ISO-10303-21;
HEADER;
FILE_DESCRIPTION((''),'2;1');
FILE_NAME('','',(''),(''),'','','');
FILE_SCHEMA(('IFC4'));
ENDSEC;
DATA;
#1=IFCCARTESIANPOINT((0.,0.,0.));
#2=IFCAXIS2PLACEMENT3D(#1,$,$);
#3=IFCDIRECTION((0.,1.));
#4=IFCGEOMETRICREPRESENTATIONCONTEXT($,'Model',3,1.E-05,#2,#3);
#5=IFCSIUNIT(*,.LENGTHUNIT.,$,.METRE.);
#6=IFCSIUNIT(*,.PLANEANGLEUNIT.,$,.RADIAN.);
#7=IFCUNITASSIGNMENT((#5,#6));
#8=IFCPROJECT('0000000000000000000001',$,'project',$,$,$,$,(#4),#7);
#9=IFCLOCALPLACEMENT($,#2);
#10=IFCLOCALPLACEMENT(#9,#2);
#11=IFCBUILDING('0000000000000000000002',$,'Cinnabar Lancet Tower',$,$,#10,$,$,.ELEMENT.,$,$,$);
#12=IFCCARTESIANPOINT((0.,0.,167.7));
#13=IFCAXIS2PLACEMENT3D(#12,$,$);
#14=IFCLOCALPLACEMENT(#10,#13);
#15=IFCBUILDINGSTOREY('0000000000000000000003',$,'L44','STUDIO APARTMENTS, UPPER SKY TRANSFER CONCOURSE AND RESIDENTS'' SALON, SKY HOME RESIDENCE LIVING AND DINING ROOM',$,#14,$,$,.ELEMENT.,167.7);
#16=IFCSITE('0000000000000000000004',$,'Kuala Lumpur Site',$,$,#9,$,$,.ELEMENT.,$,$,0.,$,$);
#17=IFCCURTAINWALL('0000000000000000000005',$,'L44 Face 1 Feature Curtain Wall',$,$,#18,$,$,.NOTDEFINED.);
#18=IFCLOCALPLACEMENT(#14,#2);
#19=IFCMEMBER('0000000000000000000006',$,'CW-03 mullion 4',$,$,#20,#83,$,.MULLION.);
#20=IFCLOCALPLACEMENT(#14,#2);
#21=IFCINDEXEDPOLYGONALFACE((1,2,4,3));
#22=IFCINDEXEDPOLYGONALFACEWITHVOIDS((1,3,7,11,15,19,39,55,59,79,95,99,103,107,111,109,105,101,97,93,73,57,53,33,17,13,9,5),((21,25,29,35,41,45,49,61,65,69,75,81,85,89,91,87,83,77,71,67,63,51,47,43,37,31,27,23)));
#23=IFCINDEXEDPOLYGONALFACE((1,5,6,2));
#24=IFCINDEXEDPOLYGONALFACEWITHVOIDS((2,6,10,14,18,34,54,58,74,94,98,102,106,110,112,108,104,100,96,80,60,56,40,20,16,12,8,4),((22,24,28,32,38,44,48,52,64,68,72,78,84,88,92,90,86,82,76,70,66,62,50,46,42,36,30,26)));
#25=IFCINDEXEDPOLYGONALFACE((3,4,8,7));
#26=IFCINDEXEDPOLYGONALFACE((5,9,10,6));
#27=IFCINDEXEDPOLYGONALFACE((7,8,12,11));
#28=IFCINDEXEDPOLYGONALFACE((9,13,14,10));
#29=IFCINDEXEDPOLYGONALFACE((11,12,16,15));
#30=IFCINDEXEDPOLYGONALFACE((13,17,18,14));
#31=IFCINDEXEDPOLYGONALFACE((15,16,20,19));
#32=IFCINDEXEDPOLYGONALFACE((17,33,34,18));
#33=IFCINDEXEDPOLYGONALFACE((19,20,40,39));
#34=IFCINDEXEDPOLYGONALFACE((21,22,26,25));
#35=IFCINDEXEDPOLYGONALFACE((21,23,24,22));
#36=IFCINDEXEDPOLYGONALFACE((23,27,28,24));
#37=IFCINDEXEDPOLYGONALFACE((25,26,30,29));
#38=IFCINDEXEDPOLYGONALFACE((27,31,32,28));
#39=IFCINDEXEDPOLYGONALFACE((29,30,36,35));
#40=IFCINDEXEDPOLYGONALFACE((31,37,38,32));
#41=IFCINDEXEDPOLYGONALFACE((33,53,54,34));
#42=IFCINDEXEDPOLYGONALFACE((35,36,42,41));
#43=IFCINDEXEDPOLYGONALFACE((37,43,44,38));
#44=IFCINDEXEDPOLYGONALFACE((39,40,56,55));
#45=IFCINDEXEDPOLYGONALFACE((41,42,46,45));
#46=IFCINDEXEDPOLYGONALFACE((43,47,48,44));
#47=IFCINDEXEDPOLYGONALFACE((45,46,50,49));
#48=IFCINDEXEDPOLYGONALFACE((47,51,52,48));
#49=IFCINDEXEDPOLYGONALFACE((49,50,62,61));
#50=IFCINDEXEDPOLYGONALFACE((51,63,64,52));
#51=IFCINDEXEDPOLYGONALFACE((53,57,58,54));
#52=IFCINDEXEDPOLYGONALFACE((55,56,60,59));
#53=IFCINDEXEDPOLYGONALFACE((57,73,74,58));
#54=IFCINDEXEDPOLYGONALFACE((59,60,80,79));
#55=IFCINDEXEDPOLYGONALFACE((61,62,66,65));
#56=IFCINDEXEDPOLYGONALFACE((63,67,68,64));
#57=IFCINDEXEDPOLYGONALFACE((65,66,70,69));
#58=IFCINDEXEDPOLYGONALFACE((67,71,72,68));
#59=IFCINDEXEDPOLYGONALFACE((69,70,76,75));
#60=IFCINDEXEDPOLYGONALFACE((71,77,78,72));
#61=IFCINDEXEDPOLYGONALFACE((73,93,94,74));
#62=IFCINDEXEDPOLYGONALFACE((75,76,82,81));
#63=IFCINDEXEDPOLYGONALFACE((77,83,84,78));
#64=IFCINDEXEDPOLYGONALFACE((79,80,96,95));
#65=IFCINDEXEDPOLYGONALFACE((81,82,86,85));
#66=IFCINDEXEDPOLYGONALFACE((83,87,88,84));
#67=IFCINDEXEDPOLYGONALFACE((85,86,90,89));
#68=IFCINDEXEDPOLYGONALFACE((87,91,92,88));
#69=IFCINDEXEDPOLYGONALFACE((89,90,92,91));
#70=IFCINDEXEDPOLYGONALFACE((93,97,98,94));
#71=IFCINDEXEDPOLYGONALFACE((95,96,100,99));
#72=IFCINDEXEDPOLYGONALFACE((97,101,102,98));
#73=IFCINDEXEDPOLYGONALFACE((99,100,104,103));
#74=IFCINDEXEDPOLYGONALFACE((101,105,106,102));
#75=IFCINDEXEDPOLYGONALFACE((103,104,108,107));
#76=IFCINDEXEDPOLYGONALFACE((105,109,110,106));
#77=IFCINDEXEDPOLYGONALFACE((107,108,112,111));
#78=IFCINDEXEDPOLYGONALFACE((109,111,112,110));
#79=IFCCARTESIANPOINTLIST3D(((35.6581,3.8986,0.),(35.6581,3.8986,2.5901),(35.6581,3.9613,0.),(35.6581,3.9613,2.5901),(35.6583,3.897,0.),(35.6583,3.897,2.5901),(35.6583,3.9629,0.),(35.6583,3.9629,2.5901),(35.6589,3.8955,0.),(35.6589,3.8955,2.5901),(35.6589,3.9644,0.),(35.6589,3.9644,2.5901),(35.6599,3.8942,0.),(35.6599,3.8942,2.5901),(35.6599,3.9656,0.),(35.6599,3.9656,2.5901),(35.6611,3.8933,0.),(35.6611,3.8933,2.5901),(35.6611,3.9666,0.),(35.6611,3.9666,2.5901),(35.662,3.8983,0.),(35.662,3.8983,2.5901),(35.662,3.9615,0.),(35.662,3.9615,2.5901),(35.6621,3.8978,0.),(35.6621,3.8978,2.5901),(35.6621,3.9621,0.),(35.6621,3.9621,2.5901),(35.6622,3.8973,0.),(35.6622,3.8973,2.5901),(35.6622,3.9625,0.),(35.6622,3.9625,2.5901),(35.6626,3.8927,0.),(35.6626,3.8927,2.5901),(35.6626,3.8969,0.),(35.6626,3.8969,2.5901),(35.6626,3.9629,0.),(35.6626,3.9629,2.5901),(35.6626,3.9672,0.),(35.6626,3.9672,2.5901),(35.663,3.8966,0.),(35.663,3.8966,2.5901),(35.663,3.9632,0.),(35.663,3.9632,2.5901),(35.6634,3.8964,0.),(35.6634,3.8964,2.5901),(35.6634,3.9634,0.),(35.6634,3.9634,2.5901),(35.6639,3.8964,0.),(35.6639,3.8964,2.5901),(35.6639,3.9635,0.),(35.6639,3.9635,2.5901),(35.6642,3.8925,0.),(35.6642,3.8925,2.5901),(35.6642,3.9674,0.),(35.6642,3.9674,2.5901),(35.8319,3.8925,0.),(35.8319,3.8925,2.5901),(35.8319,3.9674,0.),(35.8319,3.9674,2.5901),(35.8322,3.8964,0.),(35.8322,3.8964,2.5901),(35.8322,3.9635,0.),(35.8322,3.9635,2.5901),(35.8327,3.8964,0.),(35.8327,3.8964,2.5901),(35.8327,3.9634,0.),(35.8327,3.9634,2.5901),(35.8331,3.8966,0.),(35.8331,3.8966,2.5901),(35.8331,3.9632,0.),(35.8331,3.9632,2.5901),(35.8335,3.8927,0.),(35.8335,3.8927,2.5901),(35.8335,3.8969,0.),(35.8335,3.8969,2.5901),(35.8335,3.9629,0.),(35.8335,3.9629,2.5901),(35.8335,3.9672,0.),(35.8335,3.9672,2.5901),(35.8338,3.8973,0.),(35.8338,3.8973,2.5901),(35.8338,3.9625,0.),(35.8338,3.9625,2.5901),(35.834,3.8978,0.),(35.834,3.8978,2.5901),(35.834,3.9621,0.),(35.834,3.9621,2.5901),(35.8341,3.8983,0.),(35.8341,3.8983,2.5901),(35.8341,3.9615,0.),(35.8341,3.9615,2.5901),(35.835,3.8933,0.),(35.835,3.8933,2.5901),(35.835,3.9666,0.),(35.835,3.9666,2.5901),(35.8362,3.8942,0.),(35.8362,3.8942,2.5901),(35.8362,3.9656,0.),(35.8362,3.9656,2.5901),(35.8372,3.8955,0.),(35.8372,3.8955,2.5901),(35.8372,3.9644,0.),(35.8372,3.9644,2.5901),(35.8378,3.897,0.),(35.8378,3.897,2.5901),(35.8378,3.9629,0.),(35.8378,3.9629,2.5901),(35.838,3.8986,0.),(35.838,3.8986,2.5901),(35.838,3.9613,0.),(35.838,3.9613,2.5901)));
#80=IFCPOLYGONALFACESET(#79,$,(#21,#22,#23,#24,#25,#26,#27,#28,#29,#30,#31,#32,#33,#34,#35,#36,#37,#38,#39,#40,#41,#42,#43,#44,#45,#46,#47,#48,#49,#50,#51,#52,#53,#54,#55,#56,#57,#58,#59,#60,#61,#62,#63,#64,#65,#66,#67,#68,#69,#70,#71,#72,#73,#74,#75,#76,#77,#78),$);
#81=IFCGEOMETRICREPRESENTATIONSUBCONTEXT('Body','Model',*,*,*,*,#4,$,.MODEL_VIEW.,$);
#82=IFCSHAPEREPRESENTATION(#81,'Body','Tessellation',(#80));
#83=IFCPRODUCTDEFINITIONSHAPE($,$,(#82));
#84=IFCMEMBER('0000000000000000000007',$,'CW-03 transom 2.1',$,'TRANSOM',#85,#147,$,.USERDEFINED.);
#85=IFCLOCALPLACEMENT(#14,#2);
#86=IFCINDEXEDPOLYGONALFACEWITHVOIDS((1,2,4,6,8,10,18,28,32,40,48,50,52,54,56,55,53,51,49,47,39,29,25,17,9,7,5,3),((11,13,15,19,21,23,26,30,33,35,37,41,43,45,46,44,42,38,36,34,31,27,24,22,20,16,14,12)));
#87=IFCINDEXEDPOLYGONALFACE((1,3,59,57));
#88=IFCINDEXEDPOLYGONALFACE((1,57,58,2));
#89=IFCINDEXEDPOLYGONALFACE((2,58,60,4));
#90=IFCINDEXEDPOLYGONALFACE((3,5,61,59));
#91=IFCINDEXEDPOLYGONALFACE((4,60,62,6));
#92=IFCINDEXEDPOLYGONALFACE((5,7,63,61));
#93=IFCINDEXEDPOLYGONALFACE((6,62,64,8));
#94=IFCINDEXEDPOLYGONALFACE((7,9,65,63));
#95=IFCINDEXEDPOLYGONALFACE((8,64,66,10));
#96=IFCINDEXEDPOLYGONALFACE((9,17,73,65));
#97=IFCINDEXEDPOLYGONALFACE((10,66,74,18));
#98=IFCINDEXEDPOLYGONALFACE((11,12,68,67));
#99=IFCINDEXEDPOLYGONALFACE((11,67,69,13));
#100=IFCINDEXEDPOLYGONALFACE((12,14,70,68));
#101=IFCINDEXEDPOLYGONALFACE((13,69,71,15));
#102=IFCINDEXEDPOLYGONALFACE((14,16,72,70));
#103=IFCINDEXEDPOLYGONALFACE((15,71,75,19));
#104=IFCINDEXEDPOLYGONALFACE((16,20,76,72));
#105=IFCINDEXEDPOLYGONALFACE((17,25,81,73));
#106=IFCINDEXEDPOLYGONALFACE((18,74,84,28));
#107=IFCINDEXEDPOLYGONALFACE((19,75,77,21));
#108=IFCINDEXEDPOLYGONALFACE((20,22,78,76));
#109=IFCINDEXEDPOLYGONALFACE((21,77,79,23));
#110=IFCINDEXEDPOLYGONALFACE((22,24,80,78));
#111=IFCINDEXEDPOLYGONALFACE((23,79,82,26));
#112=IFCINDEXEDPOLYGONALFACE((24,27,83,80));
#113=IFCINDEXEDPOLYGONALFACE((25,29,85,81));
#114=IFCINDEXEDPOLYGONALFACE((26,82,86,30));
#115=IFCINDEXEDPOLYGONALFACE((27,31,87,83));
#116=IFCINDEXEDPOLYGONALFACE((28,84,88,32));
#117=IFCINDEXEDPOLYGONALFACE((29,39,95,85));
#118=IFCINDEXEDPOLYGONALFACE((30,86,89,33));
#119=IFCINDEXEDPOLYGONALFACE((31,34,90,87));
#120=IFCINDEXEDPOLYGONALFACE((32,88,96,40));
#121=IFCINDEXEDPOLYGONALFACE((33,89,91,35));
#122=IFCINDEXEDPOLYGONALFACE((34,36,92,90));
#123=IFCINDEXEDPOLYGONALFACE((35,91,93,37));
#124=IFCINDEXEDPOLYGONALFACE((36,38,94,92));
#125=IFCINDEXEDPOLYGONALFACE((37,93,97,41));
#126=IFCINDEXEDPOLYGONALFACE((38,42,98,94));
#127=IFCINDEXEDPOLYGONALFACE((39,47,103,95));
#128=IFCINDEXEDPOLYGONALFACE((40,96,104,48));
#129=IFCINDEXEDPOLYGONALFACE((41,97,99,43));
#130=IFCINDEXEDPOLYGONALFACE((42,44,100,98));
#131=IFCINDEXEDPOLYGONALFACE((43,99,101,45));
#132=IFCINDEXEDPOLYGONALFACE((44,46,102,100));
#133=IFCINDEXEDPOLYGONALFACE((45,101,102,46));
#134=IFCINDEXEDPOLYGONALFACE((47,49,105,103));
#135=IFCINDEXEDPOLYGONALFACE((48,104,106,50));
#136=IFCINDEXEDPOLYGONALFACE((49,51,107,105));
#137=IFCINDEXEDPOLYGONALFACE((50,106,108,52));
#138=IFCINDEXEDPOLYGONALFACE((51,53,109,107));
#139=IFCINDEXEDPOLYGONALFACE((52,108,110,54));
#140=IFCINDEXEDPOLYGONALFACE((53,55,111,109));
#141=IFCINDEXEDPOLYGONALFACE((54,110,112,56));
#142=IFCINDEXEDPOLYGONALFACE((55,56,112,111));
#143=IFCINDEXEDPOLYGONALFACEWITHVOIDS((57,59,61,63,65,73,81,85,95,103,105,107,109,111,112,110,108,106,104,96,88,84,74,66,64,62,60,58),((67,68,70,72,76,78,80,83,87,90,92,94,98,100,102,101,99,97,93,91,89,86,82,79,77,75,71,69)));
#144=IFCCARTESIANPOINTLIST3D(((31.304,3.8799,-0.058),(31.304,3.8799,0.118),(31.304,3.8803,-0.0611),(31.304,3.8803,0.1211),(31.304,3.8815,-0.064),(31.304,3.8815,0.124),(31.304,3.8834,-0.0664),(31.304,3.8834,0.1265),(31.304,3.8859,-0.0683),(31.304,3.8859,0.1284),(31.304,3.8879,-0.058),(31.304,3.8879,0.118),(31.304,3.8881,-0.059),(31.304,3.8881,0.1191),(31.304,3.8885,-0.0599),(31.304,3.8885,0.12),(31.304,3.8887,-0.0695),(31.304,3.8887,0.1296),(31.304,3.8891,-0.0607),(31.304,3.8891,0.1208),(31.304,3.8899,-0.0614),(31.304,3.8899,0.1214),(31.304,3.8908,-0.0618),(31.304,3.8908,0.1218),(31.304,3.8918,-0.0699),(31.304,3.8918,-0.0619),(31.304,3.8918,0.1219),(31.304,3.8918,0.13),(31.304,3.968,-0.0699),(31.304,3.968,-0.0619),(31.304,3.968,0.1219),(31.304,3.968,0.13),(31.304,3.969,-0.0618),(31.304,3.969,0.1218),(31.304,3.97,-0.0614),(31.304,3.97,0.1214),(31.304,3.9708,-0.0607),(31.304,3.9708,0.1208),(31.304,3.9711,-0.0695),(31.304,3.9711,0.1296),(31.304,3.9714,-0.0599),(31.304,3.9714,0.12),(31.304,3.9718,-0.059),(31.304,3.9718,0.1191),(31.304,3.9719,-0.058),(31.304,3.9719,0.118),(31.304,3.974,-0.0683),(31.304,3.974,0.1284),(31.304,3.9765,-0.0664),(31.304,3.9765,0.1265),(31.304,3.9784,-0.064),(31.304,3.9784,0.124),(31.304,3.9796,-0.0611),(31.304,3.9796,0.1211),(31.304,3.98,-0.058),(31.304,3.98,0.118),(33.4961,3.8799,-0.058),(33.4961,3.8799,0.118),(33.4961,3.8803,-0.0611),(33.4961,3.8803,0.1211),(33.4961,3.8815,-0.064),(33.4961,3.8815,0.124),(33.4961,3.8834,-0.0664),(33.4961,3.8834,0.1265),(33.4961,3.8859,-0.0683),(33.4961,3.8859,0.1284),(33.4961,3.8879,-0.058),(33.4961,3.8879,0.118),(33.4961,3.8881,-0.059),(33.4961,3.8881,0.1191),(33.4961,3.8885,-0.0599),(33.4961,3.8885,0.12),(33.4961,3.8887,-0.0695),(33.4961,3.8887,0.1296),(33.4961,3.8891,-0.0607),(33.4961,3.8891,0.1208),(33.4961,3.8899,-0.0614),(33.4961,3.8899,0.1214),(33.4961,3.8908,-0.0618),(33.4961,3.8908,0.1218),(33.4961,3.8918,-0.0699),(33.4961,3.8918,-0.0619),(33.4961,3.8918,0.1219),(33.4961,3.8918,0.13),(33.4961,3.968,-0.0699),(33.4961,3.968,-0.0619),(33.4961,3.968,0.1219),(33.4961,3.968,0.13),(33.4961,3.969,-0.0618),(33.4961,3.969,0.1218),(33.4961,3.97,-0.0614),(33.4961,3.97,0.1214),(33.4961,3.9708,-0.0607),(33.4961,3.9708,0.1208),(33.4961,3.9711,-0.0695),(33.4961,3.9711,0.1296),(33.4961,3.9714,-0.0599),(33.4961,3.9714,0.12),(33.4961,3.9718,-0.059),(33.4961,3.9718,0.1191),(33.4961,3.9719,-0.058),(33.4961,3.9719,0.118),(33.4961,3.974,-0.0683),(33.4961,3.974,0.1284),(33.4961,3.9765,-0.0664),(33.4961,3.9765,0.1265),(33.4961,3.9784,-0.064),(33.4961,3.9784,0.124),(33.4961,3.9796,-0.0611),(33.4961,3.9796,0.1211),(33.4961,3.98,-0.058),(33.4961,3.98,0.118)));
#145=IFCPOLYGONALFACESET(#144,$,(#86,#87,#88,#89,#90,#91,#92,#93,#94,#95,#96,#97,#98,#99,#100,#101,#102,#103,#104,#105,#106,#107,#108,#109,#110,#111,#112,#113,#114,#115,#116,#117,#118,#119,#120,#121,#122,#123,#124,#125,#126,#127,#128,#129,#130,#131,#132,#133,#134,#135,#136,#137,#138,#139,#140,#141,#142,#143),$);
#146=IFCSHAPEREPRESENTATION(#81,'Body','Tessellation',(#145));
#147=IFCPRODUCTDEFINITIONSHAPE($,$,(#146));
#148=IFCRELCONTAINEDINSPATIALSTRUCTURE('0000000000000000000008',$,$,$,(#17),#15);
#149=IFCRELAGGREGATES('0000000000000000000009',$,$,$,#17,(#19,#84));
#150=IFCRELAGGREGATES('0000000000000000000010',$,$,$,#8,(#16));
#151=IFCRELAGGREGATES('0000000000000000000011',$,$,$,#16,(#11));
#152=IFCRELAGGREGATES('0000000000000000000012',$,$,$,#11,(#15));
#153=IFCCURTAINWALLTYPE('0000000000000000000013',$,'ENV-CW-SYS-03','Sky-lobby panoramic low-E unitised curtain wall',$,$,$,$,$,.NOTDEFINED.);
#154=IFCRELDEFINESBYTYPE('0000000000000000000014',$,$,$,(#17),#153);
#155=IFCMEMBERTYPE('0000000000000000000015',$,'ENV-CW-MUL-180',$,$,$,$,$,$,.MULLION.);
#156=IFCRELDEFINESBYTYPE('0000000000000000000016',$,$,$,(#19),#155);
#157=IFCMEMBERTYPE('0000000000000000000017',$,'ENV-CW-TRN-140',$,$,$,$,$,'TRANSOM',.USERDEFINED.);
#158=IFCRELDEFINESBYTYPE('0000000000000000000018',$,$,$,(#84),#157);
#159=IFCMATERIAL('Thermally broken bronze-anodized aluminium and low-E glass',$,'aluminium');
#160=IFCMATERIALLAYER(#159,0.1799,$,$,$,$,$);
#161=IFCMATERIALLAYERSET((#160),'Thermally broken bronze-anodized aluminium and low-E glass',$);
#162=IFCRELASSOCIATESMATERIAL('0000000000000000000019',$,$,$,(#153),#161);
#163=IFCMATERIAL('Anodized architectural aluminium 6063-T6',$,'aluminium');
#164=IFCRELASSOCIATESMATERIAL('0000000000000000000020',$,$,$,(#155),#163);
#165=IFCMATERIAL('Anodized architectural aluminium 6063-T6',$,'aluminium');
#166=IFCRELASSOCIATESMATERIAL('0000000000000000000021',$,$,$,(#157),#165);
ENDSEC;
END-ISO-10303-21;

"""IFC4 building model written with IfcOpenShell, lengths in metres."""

from ifc_helpers import new_model, si_unit, direction, frame, origin, origin_2d, place, context, subcontext, project, spatial, hollow_rectangle, extrude, material, layer, layer_set, material_profile, profile_set, type_object, element, aggregate, save


model = new_model("IFC4")

# Units and contexts
model_context = context("Model", 3, precision=1e-05, world=origin(), true_north=direction((0.0, 1.0)))
body_context = subcontext(model_context, "Body", "Model", "MODEL_VIEW")
ifc_project = project(units=[si_unit("LENGTHUNIT", "METRE"), si_unit("PLANEANGLEUNIT", "RADIAN")], contexts=[model_context])

# Site, building, storey
site_placement = place(None, origin())
site = spatial("IfcSite", under=ifc_project, at=site_placement, Name="Kuala Lumpur Site", CompositionType="ELEMENT", RefElevation=0.0)
building_placement = place(site_placement, origin())
building = spatial("IfcBuilding", under=site, at=building_placement, Name="Cinnabar Lancet Tower", CompositionType="ELEMENT")
storey_placement = place(building_placement, frame((0.0, 0.0, 167.7)))
storey = spatial("IfcBuildingStorey", under=building, at=storey_placement, Name="L44", Description="STUDIO APARTMENTS, UPPER SKY TRANSFER CONCOURSE AND RESIDENTS' SALON, SKY HOME RESIDENCE LIVING AND DINING ROOM", CompositionType="ELEMENT", Elevation=167.7)

# Curtain wall, members
ifc_material_1 = material(Name="Thermally broken bronze-anodized aluminium and low-E glass", Category="aluminium")
ifc_layer_1 = layer(ifc_material_1, 0.1799)
ifc_layer_set_1 = layer_set([ifc_layer_1], Name="Thermally broken bronze-anodized aluminium and low-E glass")
curtain_wall_type = type_object("IfcCurtainWallType", Name="ENV-CW-SYS-03", Description="Sky-lobby panoramic low-E unitised curtain wall", PredefinedType="NOTDEFINED", material=ifc_layer_set_1)
curtain_wall_placement = place(storey_placement, origin())
curtain_wall = element("IfcCurtainWall", 1, at=curtain_wall_placement, inside=storey, type_object=curtain_wall_type, Name="L44 Face 1 Feature Curtain Wall", PredefinedType="NOTDEFINED")
ifc_material_2 = material(Name="Anodized architectural aluminium 6063-T6", Category="aluminium")
ifc_material_profile_1 = material_profile(ifc_material_2, hollow_rectangle(XDim=0.075, YDim=0.1799, WallThickness=0.0039, InnerFilletRadius=0.002, OuterFilletRadius=0.0061, at=origin_2d()), Name="CW-MUL 180x75x4")
ifc_profile_set_1 = profile_set([ifc_material_profile_1], Name="Anodized architectural aluminium 6063-T6")
member_type_1 = type_object("IfcMemberType", Name="ENV-CW-MUL-180", PredefinedType="MULLION", material=ifc_profile_set_1)
member_1_placement = place(storey_placement, frame((35.748, 3.9299, 0.0), z_axis=(0.0, 0.0, 1.0), x_axis=(0.0, 1.0, 0.0)))
member_1 = element("IfcMember", 2, at=member_1_placement, type_object=member_type_1, Name="CW-03 mullion 4", PredefinedType="MULLION", context=body_context, shape_type="SweptSolid", body=[
    extrude(hollow_rectangle(XDim=0.075, YDim=0.1799, WallThickness=0.0039, InnerFilletRadius=0.002, OuterFilletRadius=0.0061, at=origin_2d()), origin(), (0.0, 0.0, 1.0), 2.5901),
])
ifc_material_3 = material(Name="Anodized architectural aluminium 6063-T6", Category="aluminium")
ifc_material_profile_2 = material_profile(ifc_material_3, hollow_rectangle(XDim=0.1001, YDim=0.2, WallThickness=0.0081, InnerFilletRadius=0.0039, OuterFilletRadius=0.012, at=origin_2d()), Name="RHS 200x100x8")
ifc_profile_set_2 = profile_set([ifc_material_profile_2], Name="Anodized architectural aluminium 6063-T6")
member_type_2 = type_object("IfcMemberType", Name="ENV-CW-TRN-140", ElementType="TRANSOM", PredefinedType="USERDEFINED", material=ifc_profile_set_2)
member_2_placement = place(storey_placement, frame((31.304, 3.9299, 0.03), z_axis=(1.0, 0.0, 0.0), x_axis=(0.0, 1.0, 0.0)))
member_2 = element("IfcMember", 3, at=member_2_placement, type_object=member_type_2, Name="CW-03 transom 2.1", ObjectType="TRANSOM", PredefinedType="USERDEFINED", context=body_context, shape_type="SweptSolid", body=[
    extrude(hollow_rectangle(XDim=0.1001, YDim=0.2, WallThickness=0.0081, InnerFilletRadius=0.0039, OuterFilletRadius=0.012, at=origin_2d()), origin(), (0.0, 0.0, 1.0), 2.1921),
])

aggregate(curtain_wall, [member_1, member_2])

save(model, "model.ifc")
